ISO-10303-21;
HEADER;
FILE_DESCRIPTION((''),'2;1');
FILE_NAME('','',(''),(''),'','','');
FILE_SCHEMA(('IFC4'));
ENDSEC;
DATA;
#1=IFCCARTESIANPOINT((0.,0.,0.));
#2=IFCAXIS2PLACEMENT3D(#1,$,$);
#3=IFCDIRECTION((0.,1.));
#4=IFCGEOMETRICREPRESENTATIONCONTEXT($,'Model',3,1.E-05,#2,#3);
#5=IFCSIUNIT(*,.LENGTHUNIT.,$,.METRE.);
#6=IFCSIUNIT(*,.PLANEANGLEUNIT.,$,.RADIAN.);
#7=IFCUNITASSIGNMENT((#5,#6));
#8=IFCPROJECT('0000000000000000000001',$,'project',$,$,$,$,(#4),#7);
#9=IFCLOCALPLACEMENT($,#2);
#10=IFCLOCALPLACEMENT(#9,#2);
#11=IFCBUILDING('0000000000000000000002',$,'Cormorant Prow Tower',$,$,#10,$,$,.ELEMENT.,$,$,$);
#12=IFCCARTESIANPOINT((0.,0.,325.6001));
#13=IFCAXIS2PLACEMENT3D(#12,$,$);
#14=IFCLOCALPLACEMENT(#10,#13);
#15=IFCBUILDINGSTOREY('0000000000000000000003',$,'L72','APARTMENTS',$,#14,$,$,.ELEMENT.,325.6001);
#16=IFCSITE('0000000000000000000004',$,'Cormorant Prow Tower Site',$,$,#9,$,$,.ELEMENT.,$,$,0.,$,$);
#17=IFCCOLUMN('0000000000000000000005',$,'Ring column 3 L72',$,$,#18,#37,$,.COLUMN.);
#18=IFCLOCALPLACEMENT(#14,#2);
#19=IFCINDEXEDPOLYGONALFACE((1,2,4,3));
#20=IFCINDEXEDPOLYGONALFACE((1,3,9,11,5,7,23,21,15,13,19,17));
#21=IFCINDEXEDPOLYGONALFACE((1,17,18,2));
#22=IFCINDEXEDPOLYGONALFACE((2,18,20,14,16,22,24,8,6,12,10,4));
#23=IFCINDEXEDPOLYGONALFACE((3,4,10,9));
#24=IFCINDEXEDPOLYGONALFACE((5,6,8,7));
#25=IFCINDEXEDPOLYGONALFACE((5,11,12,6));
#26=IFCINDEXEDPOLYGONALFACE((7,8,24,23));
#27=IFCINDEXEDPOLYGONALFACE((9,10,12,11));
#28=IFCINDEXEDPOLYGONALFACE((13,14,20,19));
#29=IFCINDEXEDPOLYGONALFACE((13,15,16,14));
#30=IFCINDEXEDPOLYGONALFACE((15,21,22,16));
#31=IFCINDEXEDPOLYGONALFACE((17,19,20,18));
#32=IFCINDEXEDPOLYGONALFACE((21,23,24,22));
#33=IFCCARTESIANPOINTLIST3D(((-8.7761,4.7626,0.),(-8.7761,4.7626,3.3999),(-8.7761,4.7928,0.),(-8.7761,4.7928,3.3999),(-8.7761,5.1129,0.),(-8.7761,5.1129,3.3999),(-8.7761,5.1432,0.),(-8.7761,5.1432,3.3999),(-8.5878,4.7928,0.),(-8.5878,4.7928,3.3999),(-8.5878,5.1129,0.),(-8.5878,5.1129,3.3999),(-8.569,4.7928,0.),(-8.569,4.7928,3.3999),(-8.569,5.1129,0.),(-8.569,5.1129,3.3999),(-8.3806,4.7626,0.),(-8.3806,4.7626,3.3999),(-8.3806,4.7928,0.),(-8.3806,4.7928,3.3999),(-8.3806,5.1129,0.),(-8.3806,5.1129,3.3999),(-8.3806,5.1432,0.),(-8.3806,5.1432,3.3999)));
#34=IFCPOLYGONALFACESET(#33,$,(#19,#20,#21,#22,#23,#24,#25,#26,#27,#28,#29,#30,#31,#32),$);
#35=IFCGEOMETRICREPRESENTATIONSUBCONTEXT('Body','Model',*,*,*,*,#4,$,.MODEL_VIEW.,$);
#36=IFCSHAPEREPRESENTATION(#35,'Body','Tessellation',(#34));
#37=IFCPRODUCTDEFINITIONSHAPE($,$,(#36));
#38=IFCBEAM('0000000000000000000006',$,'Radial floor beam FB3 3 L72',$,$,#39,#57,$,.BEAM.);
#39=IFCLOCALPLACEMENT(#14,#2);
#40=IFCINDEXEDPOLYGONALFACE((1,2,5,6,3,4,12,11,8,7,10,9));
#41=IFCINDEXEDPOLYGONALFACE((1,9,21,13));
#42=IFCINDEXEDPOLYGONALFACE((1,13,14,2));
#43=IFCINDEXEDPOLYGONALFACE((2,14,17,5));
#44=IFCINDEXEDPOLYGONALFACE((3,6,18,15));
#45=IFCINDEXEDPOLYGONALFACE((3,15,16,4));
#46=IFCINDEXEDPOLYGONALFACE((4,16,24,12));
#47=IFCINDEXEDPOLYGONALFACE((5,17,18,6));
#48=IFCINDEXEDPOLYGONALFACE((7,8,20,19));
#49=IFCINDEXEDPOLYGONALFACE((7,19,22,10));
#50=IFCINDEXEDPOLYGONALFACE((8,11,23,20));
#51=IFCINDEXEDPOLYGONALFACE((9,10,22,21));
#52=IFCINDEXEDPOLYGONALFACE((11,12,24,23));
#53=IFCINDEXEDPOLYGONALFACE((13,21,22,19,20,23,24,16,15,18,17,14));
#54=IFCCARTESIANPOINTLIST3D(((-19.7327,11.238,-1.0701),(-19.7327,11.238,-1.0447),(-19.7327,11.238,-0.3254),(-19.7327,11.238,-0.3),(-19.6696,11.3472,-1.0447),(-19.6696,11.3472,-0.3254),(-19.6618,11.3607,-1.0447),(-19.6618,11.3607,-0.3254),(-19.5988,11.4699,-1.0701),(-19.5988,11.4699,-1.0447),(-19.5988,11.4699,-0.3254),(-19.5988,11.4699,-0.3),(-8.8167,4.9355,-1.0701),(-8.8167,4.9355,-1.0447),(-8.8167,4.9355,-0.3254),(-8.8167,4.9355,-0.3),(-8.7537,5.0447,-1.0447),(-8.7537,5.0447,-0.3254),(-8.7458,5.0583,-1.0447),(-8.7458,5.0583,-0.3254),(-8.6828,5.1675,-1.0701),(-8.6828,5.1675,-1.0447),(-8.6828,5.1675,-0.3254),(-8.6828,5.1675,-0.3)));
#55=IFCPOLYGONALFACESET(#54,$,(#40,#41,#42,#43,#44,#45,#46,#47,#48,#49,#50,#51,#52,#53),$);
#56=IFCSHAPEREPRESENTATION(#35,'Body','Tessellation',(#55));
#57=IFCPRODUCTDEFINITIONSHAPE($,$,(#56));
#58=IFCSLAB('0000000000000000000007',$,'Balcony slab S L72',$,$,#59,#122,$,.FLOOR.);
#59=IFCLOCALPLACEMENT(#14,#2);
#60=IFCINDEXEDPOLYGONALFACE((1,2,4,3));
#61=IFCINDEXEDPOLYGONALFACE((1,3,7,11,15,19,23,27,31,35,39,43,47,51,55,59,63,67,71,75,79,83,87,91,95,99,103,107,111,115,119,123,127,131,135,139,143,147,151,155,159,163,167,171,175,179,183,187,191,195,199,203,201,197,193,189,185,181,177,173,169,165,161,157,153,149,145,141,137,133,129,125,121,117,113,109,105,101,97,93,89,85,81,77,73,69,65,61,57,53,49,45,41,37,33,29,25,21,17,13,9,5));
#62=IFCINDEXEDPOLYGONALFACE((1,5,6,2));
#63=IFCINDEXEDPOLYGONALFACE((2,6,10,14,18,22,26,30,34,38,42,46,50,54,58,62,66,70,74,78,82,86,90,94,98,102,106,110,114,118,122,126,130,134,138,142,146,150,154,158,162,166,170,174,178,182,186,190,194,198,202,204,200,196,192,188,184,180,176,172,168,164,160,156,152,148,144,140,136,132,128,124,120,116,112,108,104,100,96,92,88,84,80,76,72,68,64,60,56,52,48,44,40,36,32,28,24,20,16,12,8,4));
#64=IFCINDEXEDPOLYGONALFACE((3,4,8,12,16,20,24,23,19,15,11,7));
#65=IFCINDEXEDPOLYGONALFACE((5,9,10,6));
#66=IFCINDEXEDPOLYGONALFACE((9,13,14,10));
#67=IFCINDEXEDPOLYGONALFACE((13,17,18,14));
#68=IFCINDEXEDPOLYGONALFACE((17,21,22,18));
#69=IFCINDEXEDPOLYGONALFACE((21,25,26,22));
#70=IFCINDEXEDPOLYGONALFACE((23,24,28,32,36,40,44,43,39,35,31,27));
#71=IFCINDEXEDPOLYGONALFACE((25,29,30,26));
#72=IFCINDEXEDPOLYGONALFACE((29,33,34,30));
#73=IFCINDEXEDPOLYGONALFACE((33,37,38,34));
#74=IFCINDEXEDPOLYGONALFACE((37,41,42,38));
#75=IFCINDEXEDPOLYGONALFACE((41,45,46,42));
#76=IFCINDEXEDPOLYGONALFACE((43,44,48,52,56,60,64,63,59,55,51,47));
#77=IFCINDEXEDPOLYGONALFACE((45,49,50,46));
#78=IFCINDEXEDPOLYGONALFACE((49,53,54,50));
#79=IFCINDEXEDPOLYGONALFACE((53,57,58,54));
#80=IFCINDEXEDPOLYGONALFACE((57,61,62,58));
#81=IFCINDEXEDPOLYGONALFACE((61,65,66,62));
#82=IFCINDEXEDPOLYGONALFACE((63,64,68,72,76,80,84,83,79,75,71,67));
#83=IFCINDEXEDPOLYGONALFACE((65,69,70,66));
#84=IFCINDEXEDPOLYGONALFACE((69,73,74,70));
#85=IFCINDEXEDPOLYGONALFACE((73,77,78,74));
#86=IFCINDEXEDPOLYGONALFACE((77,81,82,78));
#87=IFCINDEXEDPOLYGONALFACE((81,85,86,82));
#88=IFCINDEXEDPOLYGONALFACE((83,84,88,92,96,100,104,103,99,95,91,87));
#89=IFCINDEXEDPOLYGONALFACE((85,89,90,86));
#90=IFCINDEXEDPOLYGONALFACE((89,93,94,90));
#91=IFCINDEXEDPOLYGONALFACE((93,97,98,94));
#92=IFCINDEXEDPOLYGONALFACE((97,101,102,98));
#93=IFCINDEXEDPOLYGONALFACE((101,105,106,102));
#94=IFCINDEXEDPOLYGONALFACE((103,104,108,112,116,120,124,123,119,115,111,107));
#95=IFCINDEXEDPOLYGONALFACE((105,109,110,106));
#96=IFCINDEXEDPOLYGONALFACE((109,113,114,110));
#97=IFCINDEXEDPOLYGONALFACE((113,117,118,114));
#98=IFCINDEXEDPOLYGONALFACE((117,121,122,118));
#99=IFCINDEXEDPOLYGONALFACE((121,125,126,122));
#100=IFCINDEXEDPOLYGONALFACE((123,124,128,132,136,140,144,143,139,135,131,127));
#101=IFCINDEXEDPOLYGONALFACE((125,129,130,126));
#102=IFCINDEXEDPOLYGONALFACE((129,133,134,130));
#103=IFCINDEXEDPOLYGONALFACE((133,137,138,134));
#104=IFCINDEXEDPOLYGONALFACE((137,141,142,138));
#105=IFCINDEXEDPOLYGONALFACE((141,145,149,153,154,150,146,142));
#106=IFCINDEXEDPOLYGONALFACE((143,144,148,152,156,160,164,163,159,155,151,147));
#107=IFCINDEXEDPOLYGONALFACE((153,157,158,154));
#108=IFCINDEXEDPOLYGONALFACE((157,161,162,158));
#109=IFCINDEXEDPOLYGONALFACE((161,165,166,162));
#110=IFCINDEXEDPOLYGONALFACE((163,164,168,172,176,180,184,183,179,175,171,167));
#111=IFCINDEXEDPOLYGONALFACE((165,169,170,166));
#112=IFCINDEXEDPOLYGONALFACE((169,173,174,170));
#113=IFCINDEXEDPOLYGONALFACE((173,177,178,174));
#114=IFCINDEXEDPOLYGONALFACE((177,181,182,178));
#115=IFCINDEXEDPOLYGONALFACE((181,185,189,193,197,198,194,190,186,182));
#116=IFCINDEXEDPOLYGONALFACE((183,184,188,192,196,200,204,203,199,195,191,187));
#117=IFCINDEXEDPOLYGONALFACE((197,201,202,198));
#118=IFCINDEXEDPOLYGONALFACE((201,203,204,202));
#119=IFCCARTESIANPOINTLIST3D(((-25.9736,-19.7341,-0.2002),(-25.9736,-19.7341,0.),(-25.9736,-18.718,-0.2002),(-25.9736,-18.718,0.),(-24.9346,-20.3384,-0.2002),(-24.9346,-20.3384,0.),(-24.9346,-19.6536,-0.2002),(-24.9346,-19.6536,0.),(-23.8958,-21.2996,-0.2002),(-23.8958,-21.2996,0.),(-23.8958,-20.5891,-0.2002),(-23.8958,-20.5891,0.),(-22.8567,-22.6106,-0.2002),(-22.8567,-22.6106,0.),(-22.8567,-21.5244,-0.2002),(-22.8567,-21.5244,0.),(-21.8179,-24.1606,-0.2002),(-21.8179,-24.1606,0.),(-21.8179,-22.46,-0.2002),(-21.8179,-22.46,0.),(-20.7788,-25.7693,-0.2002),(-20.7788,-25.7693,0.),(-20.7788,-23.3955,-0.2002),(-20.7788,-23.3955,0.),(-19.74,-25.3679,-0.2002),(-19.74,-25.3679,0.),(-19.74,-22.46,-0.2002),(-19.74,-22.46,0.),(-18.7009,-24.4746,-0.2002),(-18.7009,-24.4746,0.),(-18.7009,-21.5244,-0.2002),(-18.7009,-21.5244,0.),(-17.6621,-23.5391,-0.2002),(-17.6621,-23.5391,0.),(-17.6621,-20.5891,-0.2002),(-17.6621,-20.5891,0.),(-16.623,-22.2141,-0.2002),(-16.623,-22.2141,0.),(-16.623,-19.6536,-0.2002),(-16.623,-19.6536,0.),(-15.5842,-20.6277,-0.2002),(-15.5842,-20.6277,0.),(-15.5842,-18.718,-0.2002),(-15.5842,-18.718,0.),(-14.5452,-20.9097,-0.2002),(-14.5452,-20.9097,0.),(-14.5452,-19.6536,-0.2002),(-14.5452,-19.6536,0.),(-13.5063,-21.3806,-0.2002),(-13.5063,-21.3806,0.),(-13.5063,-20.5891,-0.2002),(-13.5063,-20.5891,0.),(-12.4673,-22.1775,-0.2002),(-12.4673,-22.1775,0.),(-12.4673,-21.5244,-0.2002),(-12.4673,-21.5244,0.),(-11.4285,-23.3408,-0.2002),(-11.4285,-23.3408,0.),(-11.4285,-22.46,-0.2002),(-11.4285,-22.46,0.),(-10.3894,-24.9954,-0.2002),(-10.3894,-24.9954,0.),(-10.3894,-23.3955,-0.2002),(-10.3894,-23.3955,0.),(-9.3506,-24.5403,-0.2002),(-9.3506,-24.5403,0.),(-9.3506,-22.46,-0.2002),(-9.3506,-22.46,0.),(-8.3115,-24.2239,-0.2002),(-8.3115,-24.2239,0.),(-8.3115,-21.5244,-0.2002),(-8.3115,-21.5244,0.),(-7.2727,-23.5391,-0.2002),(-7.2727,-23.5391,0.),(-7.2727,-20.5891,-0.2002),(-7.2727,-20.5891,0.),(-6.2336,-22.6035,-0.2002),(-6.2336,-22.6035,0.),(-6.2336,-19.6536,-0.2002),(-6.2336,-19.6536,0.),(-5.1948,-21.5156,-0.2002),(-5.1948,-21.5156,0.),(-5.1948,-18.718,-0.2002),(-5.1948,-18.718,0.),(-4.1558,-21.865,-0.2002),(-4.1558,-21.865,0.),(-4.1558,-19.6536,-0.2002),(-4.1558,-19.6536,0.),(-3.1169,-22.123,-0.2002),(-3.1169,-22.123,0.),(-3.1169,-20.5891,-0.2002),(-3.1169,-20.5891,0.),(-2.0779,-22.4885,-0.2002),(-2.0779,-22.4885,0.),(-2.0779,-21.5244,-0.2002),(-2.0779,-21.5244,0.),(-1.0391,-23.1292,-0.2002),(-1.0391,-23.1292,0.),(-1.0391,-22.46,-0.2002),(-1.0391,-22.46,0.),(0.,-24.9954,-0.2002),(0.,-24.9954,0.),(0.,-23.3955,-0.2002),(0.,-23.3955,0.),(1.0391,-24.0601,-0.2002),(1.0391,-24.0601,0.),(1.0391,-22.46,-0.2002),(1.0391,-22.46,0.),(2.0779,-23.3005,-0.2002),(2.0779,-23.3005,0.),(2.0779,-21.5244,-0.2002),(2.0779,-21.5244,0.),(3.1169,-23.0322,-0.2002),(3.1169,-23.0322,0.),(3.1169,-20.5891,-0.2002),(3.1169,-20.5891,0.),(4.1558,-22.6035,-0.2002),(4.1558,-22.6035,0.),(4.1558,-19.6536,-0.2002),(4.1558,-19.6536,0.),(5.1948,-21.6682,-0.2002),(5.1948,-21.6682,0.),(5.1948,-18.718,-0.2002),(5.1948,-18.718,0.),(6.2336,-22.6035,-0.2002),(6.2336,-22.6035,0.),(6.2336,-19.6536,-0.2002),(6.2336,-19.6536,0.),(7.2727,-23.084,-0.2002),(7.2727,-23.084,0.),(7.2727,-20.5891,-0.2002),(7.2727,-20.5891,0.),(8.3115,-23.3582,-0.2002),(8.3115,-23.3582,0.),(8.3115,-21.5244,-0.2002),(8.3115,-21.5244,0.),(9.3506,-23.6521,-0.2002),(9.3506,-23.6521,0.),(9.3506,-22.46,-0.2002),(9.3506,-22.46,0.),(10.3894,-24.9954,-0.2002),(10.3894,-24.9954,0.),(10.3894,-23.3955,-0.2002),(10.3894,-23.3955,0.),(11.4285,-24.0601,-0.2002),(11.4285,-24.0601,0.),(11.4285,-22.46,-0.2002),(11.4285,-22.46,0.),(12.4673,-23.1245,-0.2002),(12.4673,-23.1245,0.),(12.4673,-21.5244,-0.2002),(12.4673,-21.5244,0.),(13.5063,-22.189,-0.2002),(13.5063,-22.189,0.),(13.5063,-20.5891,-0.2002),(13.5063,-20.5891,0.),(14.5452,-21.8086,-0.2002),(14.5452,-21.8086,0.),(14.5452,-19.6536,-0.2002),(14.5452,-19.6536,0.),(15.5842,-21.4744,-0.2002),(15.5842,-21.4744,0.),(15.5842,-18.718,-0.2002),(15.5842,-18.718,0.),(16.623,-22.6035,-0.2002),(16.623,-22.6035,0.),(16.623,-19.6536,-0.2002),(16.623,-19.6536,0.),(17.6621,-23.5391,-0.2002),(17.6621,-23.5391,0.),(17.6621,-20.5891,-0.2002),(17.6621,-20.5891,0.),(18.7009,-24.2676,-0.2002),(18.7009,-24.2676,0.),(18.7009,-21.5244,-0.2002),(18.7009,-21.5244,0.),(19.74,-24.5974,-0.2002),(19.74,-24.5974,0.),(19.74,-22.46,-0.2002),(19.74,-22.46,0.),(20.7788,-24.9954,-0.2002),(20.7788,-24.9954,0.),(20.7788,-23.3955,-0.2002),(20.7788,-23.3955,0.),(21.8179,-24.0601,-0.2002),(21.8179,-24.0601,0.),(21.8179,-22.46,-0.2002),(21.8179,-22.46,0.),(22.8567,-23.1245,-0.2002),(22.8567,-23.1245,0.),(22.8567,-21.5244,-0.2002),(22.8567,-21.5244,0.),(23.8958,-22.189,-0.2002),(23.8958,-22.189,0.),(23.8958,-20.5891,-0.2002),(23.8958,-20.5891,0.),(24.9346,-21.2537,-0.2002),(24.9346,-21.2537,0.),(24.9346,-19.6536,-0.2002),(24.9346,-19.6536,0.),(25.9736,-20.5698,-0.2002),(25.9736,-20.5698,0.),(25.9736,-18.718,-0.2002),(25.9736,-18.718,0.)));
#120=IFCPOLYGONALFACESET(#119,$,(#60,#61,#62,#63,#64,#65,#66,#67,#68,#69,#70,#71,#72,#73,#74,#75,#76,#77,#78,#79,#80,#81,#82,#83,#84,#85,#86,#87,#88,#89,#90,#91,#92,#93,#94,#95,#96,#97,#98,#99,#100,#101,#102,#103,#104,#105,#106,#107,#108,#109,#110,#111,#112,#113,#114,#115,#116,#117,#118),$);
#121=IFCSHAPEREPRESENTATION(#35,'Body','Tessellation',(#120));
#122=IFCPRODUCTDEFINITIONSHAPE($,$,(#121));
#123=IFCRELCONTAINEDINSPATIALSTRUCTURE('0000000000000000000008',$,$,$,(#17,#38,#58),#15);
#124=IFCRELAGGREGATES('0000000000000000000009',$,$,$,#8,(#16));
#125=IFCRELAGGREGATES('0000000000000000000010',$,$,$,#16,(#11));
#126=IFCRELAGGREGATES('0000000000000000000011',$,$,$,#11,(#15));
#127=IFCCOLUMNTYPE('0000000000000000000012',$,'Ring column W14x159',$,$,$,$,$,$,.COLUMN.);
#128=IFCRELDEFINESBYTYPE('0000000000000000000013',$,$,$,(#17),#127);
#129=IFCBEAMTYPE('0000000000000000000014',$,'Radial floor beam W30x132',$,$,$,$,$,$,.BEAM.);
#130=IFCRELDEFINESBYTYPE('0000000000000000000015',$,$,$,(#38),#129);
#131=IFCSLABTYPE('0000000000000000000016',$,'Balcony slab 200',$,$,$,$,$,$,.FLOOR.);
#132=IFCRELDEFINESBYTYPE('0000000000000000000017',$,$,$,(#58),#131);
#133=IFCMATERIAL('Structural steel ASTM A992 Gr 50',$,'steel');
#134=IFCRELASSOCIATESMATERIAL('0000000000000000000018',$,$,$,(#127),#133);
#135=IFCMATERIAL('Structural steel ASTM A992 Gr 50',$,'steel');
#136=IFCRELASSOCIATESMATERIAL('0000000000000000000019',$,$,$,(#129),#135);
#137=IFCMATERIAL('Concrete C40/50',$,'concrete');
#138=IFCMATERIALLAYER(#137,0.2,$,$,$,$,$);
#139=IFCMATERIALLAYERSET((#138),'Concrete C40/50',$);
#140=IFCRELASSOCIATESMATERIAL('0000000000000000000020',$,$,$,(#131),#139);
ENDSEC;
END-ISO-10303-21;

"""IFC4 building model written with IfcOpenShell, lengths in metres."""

from ifc_helpers import new_model, si_unit, direction, frame, origin, origin_2d, place, context, subcontext, project, spatial, polyline, i_section, outline, extrude, material, layer, layer_set, material_profile, profile_set, type_object, element, save


model = new_model("IFC4")

# Units and contexts
model_context = context("Model", 3, precision=1e-05, world=origin(), true_north=direction((0.0, 1.0)))
body_context = subcontext(model_context, "Body", "Model", "MODEL_VIEW")
ifc_project = project(units=[si_unit("LENGTHUNIT", "METRE"), si_unit("PLANEANGLEUNIT", "RADIAN")], contexts=[model_context])

# Site, building, storey
site_placement = place(None, origin())
site = spatial("IfcSite", under=ifc_project, at=site_placement, Name="Cormorant Prow Tower Site", CompositionType="ELEMENT", RefElevation=0.0)
building_placement = place(site_placement, origin())
building = spatial("IfcBuilding", under=site, at=building_placement, Name="Cormorant Prow Tower", CompositionType="ELEMENT")
storey_placement = place(building_placement, frame((0.0, 0.0, 325.6001)))
storey = spatial("IfcBuildingStorey", under=building, at=storey_placement, Name="L72", Description="APARTMENTS", CompositionType="ELEMENT", Elevation=325.6001)

# Column
ifc_material_1 = material(Name="Structural steel ASTM A992 Gr 50", Category="steel")
ifc_material_profile_1 = material_profile(ifc_material_1, i_section(OverallWidth=0.3955, OverallDepth=0.3806, WebThickness=0.0188, FlangeThickness=0.0303, at=origin_2d()), Name="W14x159")
ifc_profile_set_1 = profile_set([ifc_material_profile_1], Name="Structural steel ASTM A992 Gr 50")
column_type = type_object("IfcColumnType", Name="Ring column W14x159", PredefinedType="COLUMN", material=ifc_profile_set_1)
column_placement = place(storey_placement, frame((-8.5784, 4.9529, 0.0), z_axis=(0.0, 0.0, 1.0), x_axis=(1.0, 0.0, 0.0)))
element("IfcColumn", 1, at=column_placement, inside=storey, type_object=column_type, Name="Ring column 3 L72", PredefinedType="COLUMN", context=body_context, shape_type="SweptSolid", body=[
    extrude(i_section(OverallWidth=0.3955, OverallDepth=0.3806, WebThickness=0.0188, FlangeThickness=0.0303, at=origin_2d()), origin(), (0.0, 0.0, 1.0), 3.3999),
])

# Beam
ifc_material_2 = material(Name="Structural steel ASTM A992 Gr 50", Category="steel")
ifc_material_profile_2 = material_profile(ifc_material_2, i_section(OverallWidth=0.2678, OverallDepth=0.77, WebThickness=0.0156, FlangeThickness=0.0254, at=origin_2d()), Name="W30x132")
ifc_profile_set_2 = profile_set([ifc_material_profile_2], Name="Structural steel ASTM A992 Gr 50")
beam_type = type_object("IfcBeamType", Name="Radial floor beam W30x132", PredefinedType="BEAM", material=ifc_profile_set_2)
beam_placement = place(storey_placement, frame((-8.7498, 5.0515, -0.6851), z_axis=(-0.866021, 0.500007, 0.0), x_axis=(-0.500007, -0.866021, 0.0)))
element("IfcBeam", 2, at=beam_placement, inside=storey, type_object=beam_type, Name="Radial floor beam FB3 3 L72", PredefinedType="BEAM", context=body_context, shape_type="SweptSolid", body=[
    extrude(i_section(OverallWidth=0.2678, OverallDepth=0.77, WebThickness=0.0156, FlangeThickness=0.0254, at=origin_2d()), origin(), (0.0, 0.0, 1.0), 12.6047),
])

# Slab
ifc_material_3 = material(Name="Concrete C40/50", Category="concrete")
ifc_layer_1 = layer(ifc_material_3, 0.2)
ifc_layer_set_1 = layer_set([ifc_layer_1], Name="Concrete C40/50")
slab_type_1 = type_object("IfcSlabType", Name="Balcony slab 200", PredefinedType="FLOOR", material=ifc_layer_set_1)
slab_1_placement = place(storey_placement, frame((0.0, 0.0, -0.2002)))
element("IfcSlab", 3, at=slab_1_placement, inside=storey, type_object=slab_type_1, Name="Balcony slab S L72", PredefinedType="FLOOR", context=body_context, shape_type="SweptSolid", body=[
    extrude(outline(polyline([(-25.9736, -18.718), (-25.9736, -19.7341), (-24.9346, -20.3384), (-23.8958, -21.2996), (-22.8567, -22.6106), (-21.8179, -24.1606), (-20.7788, -25.7693), (-19.74, -25.3679), (-18.7009, -24.4746), (-17.6621, -23.5391), (-16.623, -22.2141), (-15.5842, -20.6277), (-14.5452, -20.9097), (-13.5063, -21.3806), (-12.4673, -22.1775), (-11.4285, -23.3408), (-10.3894, -24.9954), (-9.3506, -24.5403), (-8.3115, -24.2239), (-7.2727, -23.5391), (-6.2336, -22.6035), (-5.1948, -21.5156), (-4.1558, -21.865), (-3.1169, -22.123), (-2.0779, -22.4885), (-1.0391, -23.1292), (0.0, -24.9954), (1.0391, -24.0601), (2.0779, -23.3005), (3.1169, -23.0322), (4.1558, -22.6035), (5.1948, -21.6682), (6.2336, -22.6035), (7.2727, -23.084), (8.3115, -23.3582), (9.3506, -23.6521), (10.3894, -24.9954), (11.4285, -24.0601), (12.4673, -23.1245), (13.5063, -22.189), (14.5452, -21.8086), (15.5842, -21.4744), (16.623, -22.6035), (17.6621, -23.5391), (18.7009, -24.2676), (19.74, -24.5974), (20.7788, -24.9954), (21.8179, -24.0601), (22.8567, -23.1245), (23.8958, -22.189), (24.9346, -21.2537), (25.9736, -20.5698), (25.9736, -18.718), (24.9346, -19.6536), (23.8958, -20.5891), (22.8567, -21.5244), (21.8179, -22.46), (20.7788, -23.3955), (19.74, -22.46), (18.7009, -21.5244), (17.6621, -20.5891), (16.623, -19.6536), (15.5842, -18.718), (14.5452, -19.6536), (13.5063, -20.5891), (12.4673, -21.5244), (11.4285, -22.46), (10.3894, -23.3955), (9.3506, -22.46), (8.3115, -21.5244), (7.2727, -20.5891), (6.2336, -19.6536), (5.1948, -18.718), (4.1558, -19.6536), (3.1169, -20.5891), (2.0779, -21.5244), (1.0391, -22.46), (0.0, -23.3955), (-1.0391, -22.46), (-2.0779, -21.5244), (-3.1169, -20.5891), (-4.1558, -19.6536), (-5.1948, -18.718), (-6.2336, -19.6536), (-7.2727, -20.5891), (-8.3115, -21.5244), (-9.3506, -22.46), (-10.3894, -23.3955), (-11.4285, -22.46), (-12.4673, -21.5244), (-13.5063, -20.5891), (-14.5452, -19.6536), (-15.5842, -18.718), (-16.623, -19.6536), (-17.6621, -20.5891), (-18.7009, -21.5244), (-19.74, -22.46), (-20.7788, -23.3955), (-21.8179, -22.46), (-22.8567, -21.5244), (-23.8958, -20.5891), (-24.9346, -19.6536), (-25.9736, -18.718)])), origin(), (0.0, 0.0, 1.0), 0.2002),
])

save(model, "model.ifc")
